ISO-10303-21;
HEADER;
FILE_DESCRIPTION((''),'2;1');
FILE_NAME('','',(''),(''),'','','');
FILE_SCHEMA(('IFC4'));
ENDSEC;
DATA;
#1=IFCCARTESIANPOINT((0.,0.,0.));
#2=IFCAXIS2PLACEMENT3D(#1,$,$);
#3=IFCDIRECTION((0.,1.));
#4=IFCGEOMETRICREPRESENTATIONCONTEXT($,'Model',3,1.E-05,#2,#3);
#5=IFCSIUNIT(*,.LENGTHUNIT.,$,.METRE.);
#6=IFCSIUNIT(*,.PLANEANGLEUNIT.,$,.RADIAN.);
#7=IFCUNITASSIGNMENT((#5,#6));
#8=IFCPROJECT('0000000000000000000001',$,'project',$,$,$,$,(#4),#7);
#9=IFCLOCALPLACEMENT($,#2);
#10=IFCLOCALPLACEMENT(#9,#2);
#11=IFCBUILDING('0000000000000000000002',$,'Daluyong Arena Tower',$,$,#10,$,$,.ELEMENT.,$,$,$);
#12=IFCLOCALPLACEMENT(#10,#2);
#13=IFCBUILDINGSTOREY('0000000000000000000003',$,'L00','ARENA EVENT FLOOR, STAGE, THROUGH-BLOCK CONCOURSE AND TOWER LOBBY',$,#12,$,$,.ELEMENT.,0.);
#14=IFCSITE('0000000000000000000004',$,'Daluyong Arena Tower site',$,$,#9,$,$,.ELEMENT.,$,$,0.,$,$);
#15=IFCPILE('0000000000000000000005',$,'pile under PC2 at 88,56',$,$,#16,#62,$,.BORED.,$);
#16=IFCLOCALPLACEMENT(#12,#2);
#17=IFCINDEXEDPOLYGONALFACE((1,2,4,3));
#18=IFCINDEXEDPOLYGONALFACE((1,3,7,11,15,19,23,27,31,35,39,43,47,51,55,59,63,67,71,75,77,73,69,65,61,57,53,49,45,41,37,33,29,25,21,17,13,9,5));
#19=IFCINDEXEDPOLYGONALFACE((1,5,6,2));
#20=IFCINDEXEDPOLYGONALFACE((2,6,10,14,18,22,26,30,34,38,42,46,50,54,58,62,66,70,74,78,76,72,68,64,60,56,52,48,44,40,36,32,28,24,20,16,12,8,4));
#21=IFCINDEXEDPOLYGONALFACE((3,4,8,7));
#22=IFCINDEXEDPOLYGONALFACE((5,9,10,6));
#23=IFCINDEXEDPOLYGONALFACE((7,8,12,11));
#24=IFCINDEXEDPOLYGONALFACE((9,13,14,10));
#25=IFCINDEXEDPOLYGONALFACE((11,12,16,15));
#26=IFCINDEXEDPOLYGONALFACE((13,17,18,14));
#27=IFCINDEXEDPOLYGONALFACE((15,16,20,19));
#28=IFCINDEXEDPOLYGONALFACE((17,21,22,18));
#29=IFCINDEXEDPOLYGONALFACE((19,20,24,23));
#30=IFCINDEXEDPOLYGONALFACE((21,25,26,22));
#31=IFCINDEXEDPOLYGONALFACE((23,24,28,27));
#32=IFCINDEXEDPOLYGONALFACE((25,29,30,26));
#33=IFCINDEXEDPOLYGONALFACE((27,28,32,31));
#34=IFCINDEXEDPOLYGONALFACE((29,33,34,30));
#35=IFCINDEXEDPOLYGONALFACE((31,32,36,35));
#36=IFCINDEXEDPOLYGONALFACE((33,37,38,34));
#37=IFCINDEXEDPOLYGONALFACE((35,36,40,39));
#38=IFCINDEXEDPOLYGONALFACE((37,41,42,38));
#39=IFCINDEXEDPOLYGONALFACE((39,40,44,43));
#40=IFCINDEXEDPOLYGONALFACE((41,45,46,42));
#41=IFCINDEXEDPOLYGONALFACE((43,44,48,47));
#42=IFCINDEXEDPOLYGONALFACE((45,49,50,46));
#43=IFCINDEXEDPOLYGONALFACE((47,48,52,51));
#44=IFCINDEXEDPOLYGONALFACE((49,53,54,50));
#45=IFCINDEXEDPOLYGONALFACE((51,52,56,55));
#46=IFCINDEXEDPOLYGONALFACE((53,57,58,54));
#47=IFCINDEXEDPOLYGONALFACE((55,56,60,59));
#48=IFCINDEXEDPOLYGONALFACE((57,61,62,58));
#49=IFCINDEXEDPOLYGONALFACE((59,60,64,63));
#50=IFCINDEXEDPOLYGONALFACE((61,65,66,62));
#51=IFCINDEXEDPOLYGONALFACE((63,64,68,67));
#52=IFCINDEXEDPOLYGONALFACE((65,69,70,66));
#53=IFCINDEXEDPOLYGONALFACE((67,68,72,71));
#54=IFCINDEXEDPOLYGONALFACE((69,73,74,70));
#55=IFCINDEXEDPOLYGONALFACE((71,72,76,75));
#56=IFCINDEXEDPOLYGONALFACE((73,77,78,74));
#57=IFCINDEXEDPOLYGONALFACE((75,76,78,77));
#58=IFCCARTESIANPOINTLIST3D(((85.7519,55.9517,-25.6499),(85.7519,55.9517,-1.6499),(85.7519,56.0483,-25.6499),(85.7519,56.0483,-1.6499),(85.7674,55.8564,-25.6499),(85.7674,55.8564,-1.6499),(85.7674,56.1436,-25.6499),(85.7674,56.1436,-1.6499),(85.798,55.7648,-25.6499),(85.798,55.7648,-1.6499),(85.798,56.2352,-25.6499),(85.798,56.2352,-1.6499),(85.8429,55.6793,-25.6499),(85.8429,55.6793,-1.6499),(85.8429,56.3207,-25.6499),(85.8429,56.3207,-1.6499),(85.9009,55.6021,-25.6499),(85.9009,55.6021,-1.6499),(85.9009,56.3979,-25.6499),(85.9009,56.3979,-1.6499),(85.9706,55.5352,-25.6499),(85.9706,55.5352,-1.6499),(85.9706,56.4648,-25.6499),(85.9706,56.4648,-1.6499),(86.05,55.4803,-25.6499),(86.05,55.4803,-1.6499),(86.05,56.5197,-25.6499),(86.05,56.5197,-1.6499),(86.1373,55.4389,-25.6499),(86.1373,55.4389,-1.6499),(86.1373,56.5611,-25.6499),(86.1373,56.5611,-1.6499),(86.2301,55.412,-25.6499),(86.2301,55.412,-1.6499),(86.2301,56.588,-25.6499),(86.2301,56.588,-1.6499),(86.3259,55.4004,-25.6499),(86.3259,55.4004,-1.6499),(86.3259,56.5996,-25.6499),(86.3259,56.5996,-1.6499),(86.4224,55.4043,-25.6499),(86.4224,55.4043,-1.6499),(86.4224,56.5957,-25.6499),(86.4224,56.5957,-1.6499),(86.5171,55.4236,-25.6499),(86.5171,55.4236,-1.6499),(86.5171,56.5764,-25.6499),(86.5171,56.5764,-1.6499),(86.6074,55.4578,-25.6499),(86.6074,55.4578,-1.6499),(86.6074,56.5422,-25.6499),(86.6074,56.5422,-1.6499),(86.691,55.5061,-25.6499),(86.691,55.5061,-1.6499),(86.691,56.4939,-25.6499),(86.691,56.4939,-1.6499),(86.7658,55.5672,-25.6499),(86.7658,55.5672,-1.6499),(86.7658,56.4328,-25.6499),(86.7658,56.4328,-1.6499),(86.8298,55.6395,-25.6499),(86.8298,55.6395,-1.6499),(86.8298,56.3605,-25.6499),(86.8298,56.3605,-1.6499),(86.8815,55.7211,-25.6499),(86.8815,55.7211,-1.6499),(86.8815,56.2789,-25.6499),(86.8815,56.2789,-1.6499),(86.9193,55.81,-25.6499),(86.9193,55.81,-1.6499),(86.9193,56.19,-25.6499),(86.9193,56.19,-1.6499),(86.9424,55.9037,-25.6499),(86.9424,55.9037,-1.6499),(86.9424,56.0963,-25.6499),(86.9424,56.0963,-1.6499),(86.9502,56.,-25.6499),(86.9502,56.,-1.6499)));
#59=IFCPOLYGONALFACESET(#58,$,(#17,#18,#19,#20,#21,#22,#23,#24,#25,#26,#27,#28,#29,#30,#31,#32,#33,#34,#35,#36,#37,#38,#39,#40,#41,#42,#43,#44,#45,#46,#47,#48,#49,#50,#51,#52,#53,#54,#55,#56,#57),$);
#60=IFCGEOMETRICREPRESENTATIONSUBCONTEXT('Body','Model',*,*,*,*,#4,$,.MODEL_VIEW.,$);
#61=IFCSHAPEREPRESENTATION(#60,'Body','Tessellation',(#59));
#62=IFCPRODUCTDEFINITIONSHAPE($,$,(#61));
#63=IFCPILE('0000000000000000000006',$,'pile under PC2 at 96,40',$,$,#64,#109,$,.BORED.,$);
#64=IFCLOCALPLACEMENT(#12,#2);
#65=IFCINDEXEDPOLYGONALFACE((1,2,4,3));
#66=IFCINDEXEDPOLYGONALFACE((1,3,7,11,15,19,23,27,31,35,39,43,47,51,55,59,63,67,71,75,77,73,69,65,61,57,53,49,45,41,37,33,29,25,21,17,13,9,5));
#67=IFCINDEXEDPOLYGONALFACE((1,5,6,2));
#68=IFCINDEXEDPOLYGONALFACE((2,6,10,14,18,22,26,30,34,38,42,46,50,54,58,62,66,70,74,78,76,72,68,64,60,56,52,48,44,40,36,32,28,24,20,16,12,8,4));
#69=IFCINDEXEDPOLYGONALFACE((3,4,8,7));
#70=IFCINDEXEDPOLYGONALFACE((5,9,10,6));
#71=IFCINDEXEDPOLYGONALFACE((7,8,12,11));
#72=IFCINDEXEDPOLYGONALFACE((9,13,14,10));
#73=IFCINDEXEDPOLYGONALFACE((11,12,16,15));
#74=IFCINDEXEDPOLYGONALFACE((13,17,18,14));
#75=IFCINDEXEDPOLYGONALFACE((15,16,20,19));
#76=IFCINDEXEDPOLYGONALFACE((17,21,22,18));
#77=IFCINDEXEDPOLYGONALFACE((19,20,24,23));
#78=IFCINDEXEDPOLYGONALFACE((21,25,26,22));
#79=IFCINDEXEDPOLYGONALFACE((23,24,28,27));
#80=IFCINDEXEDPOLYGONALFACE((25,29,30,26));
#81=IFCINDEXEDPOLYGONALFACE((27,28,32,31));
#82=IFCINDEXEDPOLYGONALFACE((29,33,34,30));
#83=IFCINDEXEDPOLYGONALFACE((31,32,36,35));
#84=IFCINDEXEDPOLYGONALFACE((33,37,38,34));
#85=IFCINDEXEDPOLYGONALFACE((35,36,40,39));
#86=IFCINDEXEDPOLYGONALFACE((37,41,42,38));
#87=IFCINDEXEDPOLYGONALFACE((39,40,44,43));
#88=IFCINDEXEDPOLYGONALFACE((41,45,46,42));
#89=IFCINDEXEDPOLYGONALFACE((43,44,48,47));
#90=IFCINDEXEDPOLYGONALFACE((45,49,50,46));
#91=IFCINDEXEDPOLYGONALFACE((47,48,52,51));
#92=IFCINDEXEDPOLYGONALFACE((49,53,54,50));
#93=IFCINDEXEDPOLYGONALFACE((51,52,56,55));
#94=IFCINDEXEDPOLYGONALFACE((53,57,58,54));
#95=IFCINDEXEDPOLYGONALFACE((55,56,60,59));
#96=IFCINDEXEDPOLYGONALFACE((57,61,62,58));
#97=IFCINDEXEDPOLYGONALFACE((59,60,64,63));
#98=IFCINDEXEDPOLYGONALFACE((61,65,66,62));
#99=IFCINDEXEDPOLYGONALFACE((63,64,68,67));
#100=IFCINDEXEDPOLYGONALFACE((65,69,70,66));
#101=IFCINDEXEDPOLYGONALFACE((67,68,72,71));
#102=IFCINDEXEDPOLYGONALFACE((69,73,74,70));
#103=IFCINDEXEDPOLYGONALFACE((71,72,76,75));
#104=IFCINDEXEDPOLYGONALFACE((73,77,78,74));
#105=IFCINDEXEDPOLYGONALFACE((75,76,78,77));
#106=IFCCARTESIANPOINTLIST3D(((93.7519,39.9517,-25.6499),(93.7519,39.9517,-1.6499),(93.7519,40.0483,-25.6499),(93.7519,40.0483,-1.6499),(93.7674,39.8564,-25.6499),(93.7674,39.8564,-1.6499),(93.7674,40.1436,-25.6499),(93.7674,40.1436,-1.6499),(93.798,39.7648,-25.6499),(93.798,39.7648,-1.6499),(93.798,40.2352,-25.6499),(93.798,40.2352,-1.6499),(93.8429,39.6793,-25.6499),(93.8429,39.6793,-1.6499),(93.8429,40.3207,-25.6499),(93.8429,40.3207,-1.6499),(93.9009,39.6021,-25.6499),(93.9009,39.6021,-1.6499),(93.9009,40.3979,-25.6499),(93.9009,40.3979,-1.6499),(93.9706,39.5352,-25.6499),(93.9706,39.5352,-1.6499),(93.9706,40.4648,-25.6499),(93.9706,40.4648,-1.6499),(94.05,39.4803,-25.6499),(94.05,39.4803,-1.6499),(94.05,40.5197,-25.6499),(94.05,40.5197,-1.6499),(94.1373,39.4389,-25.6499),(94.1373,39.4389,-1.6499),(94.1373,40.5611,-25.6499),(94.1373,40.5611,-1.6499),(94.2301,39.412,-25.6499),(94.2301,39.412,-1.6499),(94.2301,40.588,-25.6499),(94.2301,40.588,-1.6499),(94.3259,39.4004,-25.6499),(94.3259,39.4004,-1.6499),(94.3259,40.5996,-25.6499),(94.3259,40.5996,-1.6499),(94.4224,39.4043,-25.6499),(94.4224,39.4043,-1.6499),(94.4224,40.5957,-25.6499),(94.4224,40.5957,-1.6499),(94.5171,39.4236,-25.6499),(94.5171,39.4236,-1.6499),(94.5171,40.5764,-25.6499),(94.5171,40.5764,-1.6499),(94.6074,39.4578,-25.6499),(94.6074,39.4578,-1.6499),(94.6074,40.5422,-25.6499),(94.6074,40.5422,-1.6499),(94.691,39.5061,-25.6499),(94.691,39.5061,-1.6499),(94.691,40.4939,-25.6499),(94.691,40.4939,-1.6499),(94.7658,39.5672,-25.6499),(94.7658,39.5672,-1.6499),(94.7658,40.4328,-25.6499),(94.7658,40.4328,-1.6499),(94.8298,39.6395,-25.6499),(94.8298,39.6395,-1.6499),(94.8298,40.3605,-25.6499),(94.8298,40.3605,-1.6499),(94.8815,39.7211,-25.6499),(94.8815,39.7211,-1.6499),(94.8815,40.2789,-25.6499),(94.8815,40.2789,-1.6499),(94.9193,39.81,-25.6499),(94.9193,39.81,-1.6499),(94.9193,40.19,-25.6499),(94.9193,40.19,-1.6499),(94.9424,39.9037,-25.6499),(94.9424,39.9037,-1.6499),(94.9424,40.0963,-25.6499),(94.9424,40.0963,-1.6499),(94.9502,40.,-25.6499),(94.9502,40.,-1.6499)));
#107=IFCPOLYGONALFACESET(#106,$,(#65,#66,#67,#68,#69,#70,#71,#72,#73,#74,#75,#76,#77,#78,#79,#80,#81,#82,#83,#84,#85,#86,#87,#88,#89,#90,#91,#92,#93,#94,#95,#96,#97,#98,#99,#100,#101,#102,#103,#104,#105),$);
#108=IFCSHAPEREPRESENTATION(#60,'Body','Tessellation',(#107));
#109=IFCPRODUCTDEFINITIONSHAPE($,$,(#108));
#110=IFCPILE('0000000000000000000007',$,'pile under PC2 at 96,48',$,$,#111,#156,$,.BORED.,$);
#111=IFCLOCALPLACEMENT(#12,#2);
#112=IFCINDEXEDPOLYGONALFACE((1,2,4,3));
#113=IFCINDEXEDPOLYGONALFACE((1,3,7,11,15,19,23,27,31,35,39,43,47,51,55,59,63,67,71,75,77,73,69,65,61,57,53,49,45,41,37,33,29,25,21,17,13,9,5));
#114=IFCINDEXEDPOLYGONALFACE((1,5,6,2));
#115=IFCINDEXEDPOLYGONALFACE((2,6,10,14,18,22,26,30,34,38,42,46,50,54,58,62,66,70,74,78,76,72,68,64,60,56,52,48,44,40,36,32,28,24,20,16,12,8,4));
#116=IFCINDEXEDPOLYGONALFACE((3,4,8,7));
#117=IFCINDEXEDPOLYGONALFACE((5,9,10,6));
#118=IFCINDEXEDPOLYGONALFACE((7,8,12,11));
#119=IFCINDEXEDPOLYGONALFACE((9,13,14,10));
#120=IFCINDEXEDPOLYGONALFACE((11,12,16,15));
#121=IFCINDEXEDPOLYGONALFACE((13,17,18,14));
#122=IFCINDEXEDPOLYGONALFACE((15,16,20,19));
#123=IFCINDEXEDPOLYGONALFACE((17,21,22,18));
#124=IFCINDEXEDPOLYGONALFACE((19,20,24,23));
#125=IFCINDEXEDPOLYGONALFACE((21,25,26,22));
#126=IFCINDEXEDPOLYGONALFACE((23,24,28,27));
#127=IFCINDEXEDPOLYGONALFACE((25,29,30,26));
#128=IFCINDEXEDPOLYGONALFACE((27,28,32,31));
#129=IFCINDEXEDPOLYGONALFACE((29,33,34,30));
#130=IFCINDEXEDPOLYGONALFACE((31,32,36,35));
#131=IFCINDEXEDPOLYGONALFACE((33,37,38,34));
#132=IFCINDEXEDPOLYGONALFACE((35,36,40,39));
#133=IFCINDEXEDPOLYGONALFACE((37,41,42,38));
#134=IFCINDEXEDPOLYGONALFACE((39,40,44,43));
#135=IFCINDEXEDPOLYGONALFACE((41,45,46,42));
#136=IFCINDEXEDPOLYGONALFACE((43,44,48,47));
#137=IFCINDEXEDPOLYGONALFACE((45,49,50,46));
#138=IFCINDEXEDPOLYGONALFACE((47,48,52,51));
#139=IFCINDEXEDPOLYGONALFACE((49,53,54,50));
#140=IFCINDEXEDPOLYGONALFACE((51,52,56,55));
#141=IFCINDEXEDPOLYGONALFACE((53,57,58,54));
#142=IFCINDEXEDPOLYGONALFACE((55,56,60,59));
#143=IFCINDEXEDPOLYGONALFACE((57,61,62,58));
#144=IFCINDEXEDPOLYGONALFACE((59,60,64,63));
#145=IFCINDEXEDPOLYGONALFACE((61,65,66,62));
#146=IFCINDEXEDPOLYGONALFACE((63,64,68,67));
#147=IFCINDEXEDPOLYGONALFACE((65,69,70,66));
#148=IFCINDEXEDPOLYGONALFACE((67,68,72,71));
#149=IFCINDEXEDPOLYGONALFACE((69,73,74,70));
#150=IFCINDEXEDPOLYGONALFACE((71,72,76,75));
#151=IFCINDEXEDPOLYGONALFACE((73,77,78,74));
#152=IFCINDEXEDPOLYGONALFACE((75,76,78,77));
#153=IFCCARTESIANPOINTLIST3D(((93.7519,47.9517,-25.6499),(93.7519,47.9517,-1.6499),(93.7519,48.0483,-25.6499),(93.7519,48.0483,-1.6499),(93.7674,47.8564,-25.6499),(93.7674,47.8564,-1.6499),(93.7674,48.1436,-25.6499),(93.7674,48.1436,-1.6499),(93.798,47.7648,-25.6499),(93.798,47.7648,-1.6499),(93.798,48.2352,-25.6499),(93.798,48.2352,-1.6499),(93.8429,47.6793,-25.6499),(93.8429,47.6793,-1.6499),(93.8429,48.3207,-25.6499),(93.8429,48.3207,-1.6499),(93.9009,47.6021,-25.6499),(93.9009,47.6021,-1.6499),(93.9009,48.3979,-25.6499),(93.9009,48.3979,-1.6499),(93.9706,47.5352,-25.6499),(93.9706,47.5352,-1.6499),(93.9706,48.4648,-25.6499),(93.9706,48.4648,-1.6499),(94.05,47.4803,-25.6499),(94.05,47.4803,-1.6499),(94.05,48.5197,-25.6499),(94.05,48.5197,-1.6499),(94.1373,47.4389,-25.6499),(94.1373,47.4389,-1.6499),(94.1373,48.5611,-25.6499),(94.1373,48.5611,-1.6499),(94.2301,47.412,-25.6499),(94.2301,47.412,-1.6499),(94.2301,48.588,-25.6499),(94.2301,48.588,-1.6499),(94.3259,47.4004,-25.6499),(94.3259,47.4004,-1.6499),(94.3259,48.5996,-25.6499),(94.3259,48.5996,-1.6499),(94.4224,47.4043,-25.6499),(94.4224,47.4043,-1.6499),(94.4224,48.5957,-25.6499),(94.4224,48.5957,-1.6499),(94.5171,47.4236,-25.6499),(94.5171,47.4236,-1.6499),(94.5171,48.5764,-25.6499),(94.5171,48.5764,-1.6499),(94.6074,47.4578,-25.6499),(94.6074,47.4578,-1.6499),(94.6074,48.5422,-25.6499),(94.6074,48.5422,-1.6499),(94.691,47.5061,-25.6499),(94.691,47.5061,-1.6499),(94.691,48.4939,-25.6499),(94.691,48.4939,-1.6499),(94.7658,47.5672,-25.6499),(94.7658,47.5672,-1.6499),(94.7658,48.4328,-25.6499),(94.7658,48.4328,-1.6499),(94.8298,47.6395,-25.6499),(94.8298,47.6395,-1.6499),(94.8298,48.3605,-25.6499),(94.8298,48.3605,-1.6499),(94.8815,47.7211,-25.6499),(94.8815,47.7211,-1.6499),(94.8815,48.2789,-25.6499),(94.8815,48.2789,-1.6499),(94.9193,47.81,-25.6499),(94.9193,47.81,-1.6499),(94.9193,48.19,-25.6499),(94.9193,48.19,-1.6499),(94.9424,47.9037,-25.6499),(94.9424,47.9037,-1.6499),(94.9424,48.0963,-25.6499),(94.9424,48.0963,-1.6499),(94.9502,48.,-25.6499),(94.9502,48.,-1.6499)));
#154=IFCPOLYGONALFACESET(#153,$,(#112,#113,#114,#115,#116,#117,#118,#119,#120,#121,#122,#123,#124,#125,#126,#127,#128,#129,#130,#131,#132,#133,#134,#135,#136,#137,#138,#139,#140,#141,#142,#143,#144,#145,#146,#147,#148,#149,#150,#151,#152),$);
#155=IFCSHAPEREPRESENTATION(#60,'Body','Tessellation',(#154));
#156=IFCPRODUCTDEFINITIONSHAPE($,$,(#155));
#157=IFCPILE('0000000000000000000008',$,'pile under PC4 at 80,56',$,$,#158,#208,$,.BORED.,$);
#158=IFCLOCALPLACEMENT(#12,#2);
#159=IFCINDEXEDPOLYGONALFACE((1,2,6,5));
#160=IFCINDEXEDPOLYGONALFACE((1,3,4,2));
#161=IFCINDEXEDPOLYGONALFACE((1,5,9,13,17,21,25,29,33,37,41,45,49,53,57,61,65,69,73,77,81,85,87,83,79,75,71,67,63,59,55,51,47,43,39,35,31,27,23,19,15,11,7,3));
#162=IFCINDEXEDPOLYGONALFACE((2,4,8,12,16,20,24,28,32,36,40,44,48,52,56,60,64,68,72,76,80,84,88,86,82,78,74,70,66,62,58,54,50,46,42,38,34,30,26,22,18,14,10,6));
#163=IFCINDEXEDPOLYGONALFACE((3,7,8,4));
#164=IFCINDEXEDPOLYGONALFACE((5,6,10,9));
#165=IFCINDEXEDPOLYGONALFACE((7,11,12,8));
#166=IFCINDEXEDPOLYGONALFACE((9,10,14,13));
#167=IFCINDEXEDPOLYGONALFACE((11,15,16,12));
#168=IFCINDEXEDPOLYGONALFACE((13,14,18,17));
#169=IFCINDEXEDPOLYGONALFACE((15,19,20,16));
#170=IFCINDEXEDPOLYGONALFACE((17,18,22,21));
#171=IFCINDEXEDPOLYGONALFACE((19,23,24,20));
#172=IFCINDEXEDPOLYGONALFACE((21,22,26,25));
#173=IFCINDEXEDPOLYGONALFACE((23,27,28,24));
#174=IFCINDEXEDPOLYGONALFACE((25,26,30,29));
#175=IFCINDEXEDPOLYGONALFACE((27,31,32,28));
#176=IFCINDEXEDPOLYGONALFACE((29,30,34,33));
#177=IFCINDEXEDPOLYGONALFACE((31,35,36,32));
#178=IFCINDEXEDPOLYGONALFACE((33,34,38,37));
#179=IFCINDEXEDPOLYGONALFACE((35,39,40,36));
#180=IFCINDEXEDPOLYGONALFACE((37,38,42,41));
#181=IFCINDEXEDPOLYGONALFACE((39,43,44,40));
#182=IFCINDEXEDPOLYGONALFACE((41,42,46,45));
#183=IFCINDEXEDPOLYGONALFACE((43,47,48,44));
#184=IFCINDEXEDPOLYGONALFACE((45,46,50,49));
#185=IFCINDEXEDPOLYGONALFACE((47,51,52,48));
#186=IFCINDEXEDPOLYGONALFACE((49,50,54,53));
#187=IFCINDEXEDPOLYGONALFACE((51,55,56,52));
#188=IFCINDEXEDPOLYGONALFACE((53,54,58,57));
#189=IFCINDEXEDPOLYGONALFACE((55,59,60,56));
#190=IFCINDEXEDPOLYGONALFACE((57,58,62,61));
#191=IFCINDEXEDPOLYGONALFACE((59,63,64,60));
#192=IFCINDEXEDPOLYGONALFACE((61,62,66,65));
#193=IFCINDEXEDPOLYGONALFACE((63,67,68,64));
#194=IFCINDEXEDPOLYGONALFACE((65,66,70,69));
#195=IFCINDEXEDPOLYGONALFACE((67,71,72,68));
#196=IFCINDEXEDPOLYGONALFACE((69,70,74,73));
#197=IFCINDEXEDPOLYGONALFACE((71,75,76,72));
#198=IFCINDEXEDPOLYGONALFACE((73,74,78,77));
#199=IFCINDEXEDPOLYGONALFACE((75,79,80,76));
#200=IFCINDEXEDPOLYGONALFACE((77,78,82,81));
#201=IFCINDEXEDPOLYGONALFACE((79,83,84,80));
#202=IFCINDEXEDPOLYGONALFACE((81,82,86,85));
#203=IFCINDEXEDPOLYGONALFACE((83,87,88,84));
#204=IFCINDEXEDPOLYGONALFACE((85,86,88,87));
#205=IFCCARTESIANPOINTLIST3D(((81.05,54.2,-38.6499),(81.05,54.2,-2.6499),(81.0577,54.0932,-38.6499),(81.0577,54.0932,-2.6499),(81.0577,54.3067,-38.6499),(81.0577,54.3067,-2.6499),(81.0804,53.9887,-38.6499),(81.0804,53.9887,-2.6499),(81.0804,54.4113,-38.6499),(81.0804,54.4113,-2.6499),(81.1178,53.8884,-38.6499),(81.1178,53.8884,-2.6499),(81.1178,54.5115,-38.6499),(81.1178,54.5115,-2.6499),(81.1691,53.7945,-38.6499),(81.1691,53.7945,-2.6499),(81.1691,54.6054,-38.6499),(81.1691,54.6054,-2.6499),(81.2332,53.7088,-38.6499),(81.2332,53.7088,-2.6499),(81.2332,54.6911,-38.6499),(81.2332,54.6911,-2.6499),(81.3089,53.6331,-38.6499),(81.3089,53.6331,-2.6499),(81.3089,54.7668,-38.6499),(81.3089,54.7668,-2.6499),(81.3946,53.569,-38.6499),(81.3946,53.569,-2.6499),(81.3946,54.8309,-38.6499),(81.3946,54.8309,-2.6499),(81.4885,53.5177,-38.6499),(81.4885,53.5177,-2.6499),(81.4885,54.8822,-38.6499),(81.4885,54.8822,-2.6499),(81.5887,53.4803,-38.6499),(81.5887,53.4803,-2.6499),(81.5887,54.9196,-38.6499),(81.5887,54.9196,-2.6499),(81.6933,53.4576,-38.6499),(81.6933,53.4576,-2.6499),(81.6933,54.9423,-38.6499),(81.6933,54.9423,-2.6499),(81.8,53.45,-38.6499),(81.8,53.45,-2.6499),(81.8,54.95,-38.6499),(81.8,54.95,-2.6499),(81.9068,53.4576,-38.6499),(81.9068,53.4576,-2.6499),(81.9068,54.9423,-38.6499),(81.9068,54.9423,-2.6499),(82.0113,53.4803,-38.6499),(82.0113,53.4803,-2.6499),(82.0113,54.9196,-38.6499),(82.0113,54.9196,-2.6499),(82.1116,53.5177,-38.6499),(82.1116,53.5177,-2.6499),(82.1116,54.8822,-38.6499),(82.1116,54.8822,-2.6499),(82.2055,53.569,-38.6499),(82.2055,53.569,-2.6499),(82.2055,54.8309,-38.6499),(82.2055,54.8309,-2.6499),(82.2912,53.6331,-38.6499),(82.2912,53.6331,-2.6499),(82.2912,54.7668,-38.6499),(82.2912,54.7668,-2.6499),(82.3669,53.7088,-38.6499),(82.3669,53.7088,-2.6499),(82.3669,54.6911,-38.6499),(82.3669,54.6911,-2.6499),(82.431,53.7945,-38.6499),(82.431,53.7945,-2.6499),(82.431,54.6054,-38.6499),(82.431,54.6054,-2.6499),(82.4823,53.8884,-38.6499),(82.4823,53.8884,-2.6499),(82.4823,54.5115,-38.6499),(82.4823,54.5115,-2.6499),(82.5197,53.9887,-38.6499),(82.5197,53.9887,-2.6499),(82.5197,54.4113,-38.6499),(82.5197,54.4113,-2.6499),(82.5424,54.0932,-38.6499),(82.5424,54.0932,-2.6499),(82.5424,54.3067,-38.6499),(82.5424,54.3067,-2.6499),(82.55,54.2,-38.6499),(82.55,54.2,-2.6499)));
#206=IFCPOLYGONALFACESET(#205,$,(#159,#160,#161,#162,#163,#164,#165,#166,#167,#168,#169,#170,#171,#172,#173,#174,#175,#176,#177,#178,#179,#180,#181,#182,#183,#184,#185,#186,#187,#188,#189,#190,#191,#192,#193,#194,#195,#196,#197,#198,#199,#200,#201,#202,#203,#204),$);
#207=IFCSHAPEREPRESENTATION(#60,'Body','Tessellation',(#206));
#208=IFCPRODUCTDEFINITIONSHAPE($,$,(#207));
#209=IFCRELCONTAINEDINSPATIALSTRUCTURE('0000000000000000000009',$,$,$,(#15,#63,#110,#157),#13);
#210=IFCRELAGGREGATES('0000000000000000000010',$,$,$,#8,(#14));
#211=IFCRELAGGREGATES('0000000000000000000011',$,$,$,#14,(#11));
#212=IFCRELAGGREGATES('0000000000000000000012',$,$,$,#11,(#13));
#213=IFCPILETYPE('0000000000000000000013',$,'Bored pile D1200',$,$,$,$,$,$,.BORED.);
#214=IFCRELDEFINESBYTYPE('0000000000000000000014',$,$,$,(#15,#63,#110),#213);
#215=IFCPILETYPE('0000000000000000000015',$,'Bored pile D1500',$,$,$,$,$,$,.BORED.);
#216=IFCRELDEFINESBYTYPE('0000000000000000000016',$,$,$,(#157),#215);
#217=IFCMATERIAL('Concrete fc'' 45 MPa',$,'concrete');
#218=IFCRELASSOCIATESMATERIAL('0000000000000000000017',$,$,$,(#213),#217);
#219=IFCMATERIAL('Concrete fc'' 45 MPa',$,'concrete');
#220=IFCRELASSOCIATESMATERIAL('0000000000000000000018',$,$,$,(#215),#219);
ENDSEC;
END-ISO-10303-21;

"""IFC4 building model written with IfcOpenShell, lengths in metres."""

from ifc_helpers import new_model, si_unit, direction, frame, origin, origin_2d, place, context, subcontext, project, spatial, circle, extrude, material, type_object, element, save


model = new_model("IFC4")

# Units and contexts
model_context = context("Model", 3, precision=1e-05, world=origin(), true_north=direction((0.0, 1.0)))
body_context = subcontext(model_context, "Body", "Model", "MODEL_VIEW")
ifc_project = project(units=[si_unit("LENGTHUNIT", "METRE"), si_unit("PLANEANGLEUNIT", "RADIAN")], contexts=[model_context])

# Site, building, storey
site_placement = place(None, origin())
site = spatial("IfcSite", under=ifc_project, at=site_placement, Name="Daluyong Arena Tower site", CompositionType="ELEMENT", RefElevation=0.0)
building_placement = place(site_placement, origin())
building = spatial("IfcBuilding", under=site, at=building_placement, Name="Daluyong Arena Tower", CompositionType="ELEMENT")
storey_placement = place(building_placement, origin())
storey = spatial("IfcBuildingStorey", under=building, at=storey_placement, Name="L00", Description="ARENA EVENT FLOOR, STAGE, THROUGH-BLOCK CONCOURSE AND TOWER LOBBY", CompositionType="ELEMENT", Elevation=0.0)

# Piles
ifc_material_1 = material(Name="Concrete fc' 45 MPa", Category="concrete")
pile_type_1 = type_object("IfcPileType", Name="Bored pile D1200", PredefinedType="BORED", material=ifc_material_1)
for number, where, z_axis, x_axis, name in (
    (1, (86.3501, 56.0, -1.6499), (0.0, 0.0, -1.0), (1.0, 0.0, 0.0), "pile under PC2 at 88,56"),
    (2, (94.3501, 40.0, -1.6499), (0.0, 0.0, -1.0), (1.0, 0.0, 0.0), "pile under PC2 at 96,40"),
    (3, (94.3501, 48.0, -1.6499), (0.0, 0.0, -1.0), (1.0, 0.0, 0.0), "pile under PC2 at 96,48"),
):
    element("IfcPile", number, at=place(storey_placement, frame(where, z_axis=z_axis, x_axis=x_axis)), inside=storey, type_object=pile_type_1, Name=name, PredefinedType="BORED", context=body_context, shape_type="SweptSolid", body=[
        extrude(circle(Radius=0.6001, at=origin_2d()), origin(), (0.0, 0.0, 1.0), 24.0),
    ])
ifc_material_2 = material(Name="Concrete fc' 45 MPa", Category="concrete")
pile_type_2 = type_object("IfcPileType", Name="Bored pile D1500", PredefinedType="BORED", material=ifc_material_2)
pile_placement = place(storey_placement, frame((81.8, 54.2, -2.6499), z_axis=(0.0, 0.0, -1.0), x_axis=(1.0, 0.0, 0.0)))
element("IfcPile", 4, at=pile_placement, inside=storey, type_object=pile_type_2, Name="pile under PC4 at 80,56", PredefinedType="BORED", context=body_context, shape_type="SweptSolid", body=[
    extrude(circle(Radius=0.75, at=origin_2d()), origin(), (0.0, 0.0, 1.0), 36.0),
])

save(model, "model.ifc")
